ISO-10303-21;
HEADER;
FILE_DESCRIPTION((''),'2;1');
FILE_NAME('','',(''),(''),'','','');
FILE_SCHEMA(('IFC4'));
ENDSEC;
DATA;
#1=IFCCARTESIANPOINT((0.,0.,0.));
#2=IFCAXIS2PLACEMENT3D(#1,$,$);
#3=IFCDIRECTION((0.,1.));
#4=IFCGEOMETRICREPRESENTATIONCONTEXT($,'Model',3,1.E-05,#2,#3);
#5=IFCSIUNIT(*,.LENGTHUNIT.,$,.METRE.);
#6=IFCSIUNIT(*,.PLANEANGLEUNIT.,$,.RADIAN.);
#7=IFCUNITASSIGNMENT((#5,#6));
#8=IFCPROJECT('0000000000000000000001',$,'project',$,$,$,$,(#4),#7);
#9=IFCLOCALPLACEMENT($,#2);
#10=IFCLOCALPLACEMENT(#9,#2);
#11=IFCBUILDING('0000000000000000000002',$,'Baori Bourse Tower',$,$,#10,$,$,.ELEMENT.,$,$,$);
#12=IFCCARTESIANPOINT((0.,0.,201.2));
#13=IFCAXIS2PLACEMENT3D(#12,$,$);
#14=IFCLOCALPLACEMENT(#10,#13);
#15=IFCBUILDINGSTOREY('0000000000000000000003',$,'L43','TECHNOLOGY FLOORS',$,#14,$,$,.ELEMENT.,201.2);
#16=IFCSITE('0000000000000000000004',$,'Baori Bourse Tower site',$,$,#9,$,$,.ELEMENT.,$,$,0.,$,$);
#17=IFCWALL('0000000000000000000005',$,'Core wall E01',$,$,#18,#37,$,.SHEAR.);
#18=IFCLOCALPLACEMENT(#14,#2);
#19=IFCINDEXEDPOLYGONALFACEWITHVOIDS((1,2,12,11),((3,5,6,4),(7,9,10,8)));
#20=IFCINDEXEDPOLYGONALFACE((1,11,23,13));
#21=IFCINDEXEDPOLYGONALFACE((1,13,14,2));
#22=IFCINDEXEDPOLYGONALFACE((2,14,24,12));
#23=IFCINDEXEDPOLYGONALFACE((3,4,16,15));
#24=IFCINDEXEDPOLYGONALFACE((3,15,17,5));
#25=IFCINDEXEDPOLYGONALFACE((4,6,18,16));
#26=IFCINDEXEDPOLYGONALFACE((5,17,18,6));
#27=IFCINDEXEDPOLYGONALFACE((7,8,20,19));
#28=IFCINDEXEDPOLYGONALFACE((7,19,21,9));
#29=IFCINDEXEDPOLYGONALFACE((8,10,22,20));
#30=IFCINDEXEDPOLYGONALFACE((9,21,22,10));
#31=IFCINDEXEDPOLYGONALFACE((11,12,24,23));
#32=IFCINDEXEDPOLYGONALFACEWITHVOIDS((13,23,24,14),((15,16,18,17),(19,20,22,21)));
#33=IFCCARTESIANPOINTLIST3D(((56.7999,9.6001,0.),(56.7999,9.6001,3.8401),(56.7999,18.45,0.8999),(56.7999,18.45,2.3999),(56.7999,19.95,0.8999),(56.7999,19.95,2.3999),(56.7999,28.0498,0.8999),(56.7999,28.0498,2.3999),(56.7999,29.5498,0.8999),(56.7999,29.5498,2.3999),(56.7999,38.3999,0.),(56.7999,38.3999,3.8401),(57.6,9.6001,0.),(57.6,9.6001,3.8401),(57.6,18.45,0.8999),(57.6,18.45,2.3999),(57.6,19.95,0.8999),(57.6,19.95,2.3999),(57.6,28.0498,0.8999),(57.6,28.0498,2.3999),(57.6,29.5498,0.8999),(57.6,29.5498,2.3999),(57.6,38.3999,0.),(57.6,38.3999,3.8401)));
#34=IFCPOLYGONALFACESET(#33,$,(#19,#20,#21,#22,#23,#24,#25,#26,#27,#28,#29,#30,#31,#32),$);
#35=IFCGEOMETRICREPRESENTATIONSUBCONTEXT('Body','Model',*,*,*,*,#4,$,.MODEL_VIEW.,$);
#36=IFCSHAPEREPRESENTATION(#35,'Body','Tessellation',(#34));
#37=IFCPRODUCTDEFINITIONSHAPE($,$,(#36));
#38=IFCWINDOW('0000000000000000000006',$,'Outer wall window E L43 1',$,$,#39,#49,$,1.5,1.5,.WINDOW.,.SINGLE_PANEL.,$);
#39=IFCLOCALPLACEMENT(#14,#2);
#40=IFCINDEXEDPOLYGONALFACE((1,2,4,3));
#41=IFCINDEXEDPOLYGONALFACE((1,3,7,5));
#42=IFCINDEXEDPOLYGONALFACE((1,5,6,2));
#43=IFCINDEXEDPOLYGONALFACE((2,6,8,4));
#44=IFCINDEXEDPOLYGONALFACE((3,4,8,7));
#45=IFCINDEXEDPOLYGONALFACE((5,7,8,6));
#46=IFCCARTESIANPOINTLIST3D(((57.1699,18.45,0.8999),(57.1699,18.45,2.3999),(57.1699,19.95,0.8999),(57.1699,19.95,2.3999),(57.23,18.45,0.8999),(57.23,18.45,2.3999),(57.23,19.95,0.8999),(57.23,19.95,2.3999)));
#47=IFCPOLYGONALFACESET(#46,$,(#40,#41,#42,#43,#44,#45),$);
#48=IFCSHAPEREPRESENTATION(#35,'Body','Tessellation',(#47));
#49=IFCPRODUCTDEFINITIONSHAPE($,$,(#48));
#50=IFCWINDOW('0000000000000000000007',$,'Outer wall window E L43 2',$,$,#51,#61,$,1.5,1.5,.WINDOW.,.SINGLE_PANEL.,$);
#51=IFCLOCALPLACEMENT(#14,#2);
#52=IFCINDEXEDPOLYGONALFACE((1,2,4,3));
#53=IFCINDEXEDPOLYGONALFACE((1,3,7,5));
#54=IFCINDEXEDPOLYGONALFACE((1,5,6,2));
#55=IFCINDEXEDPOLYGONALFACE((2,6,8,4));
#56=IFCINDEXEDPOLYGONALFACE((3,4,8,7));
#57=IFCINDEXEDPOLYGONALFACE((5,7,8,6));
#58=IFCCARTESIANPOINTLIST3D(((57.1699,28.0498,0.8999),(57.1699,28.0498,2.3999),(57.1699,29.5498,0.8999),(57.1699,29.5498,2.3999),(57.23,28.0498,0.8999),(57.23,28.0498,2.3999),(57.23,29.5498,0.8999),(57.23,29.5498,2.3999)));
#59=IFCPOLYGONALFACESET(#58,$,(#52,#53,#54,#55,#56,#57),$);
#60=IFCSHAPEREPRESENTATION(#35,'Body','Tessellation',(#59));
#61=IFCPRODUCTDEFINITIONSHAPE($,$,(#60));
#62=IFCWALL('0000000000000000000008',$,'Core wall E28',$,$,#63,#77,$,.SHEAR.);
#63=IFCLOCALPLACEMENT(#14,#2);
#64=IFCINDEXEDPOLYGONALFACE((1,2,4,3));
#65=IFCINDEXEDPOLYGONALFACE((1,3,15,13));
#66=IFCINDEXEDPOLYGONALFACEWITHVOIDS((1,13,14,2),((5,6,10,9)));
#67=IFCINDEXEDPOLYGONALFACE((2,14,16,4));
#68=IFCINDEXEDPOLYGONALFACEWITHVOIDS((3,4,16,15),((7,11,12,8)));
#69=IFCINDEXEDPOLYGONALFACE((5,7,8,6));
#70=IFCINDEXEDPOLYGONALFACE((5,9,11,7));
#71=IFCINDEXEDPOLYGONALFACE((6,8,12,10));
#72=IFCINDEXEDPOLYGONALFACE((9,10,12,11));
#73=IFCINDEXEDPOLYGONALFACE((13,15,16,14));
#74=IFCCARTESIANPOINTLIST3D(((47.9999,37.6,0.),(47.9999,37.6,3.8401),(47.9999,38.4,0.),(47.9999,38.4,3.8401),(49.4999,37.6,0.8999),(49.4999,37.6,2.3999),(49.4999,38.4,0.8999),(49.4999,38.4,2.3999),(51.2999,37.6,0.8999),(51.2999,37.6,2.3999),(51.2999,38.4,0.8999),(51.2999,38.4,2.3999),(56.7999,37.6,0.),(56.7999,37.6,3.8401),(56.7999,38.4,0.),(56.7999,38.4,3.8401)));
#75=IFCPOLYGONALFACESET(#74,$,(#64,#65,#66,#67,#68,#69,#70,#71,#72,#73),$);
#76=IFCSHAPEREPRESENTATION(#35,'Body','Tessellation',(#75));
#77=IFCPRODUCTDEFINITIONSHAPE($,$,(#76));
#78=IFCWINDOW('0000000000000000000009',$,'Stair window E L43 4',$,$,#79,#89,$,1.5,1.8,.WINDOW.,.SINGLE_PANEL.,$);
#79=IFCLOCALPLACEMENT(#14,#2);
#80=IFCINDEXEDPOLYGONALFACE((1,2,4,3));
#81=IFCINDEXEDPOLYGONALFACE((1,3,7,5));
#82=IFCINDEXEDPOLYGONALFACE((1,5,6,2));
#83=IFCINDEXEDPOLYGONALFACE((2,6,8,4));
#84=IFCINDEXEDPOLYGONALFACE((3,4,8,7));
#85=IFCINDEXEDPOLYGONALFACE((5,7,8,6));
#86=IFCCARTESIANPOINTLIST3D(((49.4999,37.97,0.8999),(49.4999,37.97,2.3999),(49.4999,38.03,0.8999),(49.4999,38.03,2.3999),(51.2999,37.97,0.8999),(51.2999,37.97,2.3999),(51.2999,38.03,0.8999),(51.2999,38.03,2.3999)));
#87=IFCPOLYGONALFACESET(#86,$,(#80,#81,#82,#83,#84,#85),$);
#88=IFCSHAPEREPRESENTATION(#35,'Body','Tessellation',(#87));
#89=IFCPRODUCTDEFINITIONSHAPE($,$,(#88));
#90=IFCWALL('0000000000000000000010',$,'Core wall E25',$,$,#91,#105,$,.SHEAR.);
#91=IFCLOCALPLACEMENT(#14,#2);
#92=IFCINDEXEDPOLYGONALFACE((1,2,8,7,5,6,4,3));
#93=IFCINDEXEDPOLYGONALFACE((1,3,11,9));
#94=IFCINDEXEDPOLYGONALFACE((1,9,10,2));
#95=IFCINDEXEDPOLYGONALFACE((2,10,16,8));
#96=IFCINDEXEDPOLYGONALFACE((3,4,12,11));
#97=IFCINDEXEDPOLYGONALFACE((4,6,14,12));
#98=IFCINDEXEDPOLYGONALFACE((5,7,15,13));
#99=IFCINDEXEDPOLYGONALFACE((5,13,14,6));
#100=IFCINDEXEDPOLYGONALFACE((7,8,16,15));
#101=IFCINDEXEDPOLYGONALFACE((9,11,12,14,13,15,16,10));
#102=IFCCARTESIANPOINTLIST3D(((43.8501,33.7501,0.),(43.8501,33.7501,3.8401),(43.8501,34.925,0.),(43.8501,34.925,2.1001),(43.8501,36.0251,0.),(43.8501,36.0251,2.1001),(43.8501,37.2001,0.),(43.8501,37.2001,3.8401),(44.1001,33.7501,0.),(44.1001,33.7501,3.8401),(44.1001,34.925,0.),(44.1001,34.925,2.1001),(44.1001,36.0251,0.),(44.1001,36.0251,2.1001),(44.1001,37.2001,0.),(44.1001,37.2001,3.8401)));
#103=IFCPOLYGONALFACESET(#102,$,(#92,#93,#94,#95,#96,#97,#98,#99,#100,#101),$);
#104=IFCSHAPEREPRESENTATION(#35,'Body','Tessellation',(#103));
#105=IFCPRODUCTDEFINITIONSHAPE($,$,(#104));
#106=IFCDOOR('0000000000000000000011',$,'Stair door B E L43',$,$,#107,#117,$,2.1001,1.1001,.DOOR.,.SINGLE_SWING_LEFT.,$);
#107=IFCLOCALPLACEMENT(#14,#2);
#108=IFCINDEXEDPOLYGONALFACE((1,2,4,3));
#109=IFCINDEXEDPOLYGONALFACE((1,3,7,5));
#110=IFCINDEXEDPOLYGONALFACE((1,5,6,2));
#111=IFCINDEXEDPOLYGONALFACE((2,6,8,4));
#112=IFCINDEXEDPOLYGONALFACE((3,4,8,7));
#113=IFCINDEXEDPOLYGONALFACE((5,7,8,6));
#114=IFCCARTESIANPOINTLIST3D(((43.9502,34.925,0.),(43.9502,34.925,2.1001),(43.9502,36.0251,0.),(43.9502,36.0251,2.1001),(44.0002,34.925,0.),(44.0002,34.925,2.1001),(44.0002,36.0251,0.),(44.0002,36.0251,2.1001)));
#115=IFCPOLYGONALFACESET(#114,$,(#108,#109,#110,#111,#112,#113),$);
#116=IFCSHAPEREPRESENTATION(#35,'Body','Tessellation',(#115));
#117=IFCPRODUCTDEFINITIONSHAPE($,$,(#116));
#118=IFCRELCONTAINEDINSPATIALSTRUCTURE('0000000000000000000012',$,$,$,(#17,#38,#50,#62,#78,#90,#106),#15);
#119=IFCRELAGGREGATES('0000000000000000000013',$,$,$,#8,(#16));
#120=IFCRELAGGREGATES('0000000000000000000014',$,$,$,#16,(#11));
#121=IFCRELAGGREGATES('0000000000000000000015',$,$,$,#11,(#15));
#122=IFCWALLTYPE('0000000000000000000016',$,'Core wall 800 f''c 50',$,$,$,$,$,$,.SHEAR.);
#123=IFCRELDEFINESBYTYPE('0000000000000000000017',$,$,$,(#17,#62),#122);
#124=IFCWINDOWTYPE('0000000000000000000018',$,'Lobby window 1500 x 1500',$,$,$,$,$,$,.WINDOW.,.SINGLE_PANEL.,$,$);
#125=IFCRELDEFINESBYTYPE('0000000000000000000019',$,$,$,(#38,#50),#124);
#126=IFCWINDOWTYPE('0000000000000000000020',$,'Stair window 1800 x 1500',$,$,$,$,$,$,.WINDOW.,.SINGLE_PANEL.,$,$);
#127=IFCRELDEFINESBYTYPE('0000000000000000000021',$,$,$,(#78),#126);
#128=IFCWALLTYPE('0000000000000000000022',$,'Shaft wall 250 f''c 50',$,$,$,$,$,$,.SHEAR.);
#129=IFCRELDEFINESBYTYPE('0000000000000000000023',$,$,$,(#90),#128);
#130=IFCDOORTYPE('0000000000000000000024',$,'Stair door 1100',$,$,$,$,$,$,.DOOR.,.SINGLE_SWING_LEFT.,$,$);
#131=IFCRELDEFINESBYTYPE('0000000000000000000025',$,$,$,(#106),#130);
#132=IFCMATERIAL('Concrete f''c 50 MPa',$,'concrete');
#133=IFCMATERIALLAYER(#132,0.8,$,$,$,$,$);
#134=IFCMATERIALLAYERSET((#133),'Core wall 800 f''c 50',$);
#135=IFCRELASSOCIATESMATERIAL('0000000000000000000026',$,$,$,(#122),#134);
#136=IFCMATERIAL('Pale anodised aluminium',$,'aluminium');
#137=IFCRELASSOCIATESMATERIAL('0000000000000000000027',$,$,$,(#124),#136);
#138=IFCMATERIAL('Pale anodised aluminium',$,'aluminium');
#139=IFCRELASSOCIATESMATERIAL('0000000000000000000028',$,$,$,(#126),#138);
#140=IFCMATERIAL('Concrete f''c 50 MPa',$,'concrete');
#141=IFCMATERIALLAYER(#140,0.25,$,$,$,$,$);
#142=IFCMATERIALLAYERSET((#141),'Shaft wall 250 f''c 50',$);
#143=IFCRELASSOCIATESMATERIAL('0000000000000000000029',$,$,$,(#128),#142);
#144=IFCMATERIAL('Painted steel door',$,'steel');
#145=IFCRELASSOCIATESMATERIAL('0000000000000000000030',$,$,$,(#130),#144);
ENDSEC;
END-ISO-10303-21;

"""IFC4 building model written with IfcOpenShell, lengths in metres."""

from ifc_helpers import new_model, si_unit, direction, frame, frame_2d, origin, place, context, subcontext, project, spatial, rectangle, extrude, material, layer, layer_set, type_object, element, fill, save


model = new_model("IFC4")

# Units and contexts
model_context = context("Model", 3, precision=1e-05, world=origin(), true_north=direction((0.0, 1.0)))
body_context = subcontext(model_context, "Body", "Model", "MODEL_VIEW")
ifc_project = project(units=[si_unit("LENGTHUNIT", "METRE"), si_unit("PLANEANGLEUNIT", "RADIAN")], contexts=[model_context])

# Site, building, storey
site_placement = place(None, origin())
site = spatial("IfcSite", under=ifc_project, at=site_placement, Name="Baori Bourse Tower site", CompositionType="ELEMENT", RefElevation=0.0)
building_placement = place(site_placement, origin())
building = spatial("IfcBuilding", under=site, at=building_placement, Name="Baori Bourse Tower", CompositionType="ELEMENT")
storey_placement = place(building_placement, frame((0.0, 0.0, 201.2)))
storey = spatial("IfcBuildingStorey", under=building, at=storey_placement, Name="L43", Description="TECHNOLOGY FLOORS", CompositionType="ELEMENT", Elevation=201.2)

# Wall, openings, windows
ifc_material_1 = material(Name="Concrete f'c 50 MPa", Category="concrete")
ifc_layer_1 = layer(ifc_material_1, 0.8)
ifc_layer_set_1 = layer_set([ifc_layer_1], Name="Core wall 800 f'c 50")
wall_type_1 = type_object("IfcWallType", Name="Core wall 800 f'c 50", PredefinedType="SHEAR", material=ifc_layer_set_1)
wall_1_placement = place(storey_placement, frame((57.2, 38.3999, 0.0), z_axis=(0.0, 0.0, 1.0), x_axis=(0.0, -1.0, 0.0)))
wall_1 = element("IfcWall", 1, at=wall_1_placement, inside=storey, type_object=wall_type_1, Name="Core wall E01", PredefinedType="SHEAR", context=body_context, shape_type="SweptSolid", body=[
    extrude(rectangle(XDim=28.7998, YDim=0.8, at=frame_2d((14.3999, 0.0))), origin(), (0.0, 0.0, 1.0), 3.8401),
])
opening_1_placement = place(wall_1_placement, frame((18.45, 0.0, 0.8999)))
opening_1 = element("IfcOpeningElement", 2, at=opening_1_placement, cuts=wall_1, PredefinedType="OPENING", context=body_context, shape_type="SweptSolid", body=[
    extrude(rectangle(XDim=1.5, YDim=1.5, at=frame_2d((0.75, 0.75))), frame((0.0, 0.4099, 0.0), z_axis=(0.0, -1.0, 0.0), x_axis=(1.0, 0.0, 0.0)), (0.0, 0.0, 1.0), 0.8201),
])
opening_2_placement = place(wall_1_placement, frame((8.8501, 0.0, 0.8999)))
opening_2 = element("IfcOpeningElement", 3, at=opening_2_placement, cuts=wall_1, PredefinedType="OPENING", context=body_context, shape_type="SweptSolid", body=[
    extrude(rectangle(XDim=1.5, YDim=1.5, at=frame_2d((0.75, 0.75))), frame((0.0, 0.4099, 0.0), z_axis=(0.0, -1.0, 0.0), x_axis=(1.0, 0.0, 0.0)), (0.0, 0.0, 1.0), 0.8201),
])
ifc_material_2 = material(Name="Pale anodised aluminium", Category="aluminium")
window_type_1 = type_object("IfcWindowType", Name="Lobby window 1500 x 1500", PartitioningType="SINGLE_PANEL", PredefinedType="WINDOW", material=ifc_material_2)
window_1_placement = place(opening_1_placement, origin())
window_1 = element("IfcWindow", 4, at=window_1_placement, inside=storey, type_object=window_type_1, Name="Outer wall window E L43 1", OverallHeight=1.5, OverallWidth=1.5, PartitioningType="SINGLE_PANEL", PredefinedType="WINDOW", context=body_context, shape_type="SweptSolid", body=[
    extrude(rectangle(XDim=1.5, YDim=1.5, at=frame_2d((0.75, 0.75))), frame((0.0, 0.03, 0.0), z_axis=(0.0, -1.0, 0.0), x_axis=(1.0, 0.0, 0.0)), (0.0, 0.0, 1.0), 0.0601),
])
fill(opening_1, window_1)
window_2_placement = place(opening_2_placement, origin())
window_2 = element("IfcWindow", 5, at=window_2_placement, inside=storey, type_object=window_type_1, Name="Outer wall window E L43 2", OverallHeight=1.5, OverallWidth=1.5, PartitioningType="SINGLE_PANEL", PredefinedType="WINDOW", context=body_context, shape_type="SweptSolid", body=[
    extrude(rectangle(XDim=1.5, YDim=1.5, at=frame_2d((0.75, 0.75))), frame((0.0, 0.03, 0.0), z_axis=(0.0, -1.0, 0.0), x_axis=(1.0, 0.0, 0.0)), (0.0, 0.0, 1.0), 0.0601),
])
fill(opening_2, window_2)

# Wall, opening, window
wall_2_placement = place(storey_placement, frame((48.0, 38.0, 0.0), z_axis=(0.0, 0.0, 1.0), x_axis=(1.0, 0.0, 0.0)))
wall_2 = element("IfcWall", 6, at=wall_2_placement, inside=storey, type_object=wall_type_1, Name="Core wall E28", PredefinedType="SHEAR", context=body_context, shape_type="SweptSolid", body=[
    extrude(rectangle(XDim=8.8, YDim=0.8, at=frame_2d((4.3999, 0.0))), origin(), (0.0, 0.0, 1.0), 3.8401),
])
opening_3_placement = place(wall_2_placement, frame((1.5, 0.0, 0.8999)))
opening_3 = element("IfcOpeningElement", 7, at=opening_3_placement, cuts=wall_2, PredefinedType="OPENING", context=body_context, shape_type="SweptSolid", body=[
    extrude(rectangle(XDim=1.8, YDim=1.5, at=frame_2d((0.8999, 0.75))), frame((0.0, 0.4099, 0.0), z_axis=(0.0, -1.0, 0.0), x_axis=(1.0, 0.0, 0.0)), (0.0, 0.0, 1.0), 0.8201),
])
ifc_material_3 = material(Name="Pale anodised aluminium", Category="aluminium")
window_type_2 = type_object("IfcWindowType", Name="Stair window 1800 x 1500", PartitioningType="SINGLE_PANEL", PredefinedType="WINDOW", material=ifc_material_3)
window_3_placement = place(opening_3_placement, origin())
window_3 = element("IfcWindow", 8, at=window_3_placement, inside=storey, type_object=window_type_2, Name="Stair window E L43 4", OverallHeight=1.5, OverallWidth=1.8, PartitioningType="SINGLE_PANEL", PredefinedType="WINDOW", context=body_context, shape_type="SweptSolid", body=[
    extrude(rectangle(XDim=1.8, YDim=1.5, at=frame_2d((0.8999, 0.75))), frame((0.0, 0.03, 0.0), z_axis=(0.0, -1.0, 0.0), x_axis=(1.0, 0.0, 0.0)), (0.0, 0.0, 1.0), 0.0601),
])
fill(opening_3, window_3)

# Wall, opening, door
ifc_material_4 = material(Name="Concrete f'c 50 MPa", Category="concrete")
ifc_layer_2 = layer(ifc_material_4, 0.25)
ifc_layer_set_2 = layer_set([ifc_layer_2], Name="Shaft wall 250 f'c 50")
wall_type_2 = type_object("IfcWallType", Name="Shaft wall 250 f'c 50", PredefinedType="SHEAR", material=ifc_layer_set_2)
wall_3_placement = place(storey_placement, frame((43.9751, 33.75, 0.0), z_axis=(0.0, 0.0, 1.0), x_axis=(0.0, 1.0, 0.0)))
wall_3 = element("IfcWall", 9, at=wall_3_placement, inside=storey, type_object=wall_type_2, Name="Core wall E25", PredefinedType="SHEAR", context=body_context, shape_type="SweptSolid", body=[
    extrude(rectangle(XDim=3.45, YDim=0.25, at=frame_2d((1.7251, 0.0))), origin(), (0.0, 0.0, 1.0), 3.8401),
])
opening_4_placement = place(wall_3_placement, frame((1.175, 0.0, 0.0)))
opening_4 = element("IfcOpeningElement", 10, at=opening_4_placement, cuts=wall_3, PredefinedType="OPENING", context=body_context, shape_type="SweptSolid", body=[
    extrude(rectangle(XDim=1.1001, YDim=2.1001, at=frame_2d((0.55, 1.05))), frame((0.0, 0.135, 0.0), z_axis=(0.0, -1.0, 0.0), x_axis=(1.0, 0.0, 0.0)), (0.0, 0.0, 1.0), 0.27),
])
ifc_material_5 = material(Name="Painted steel door", Category="steel")
door_type_1 = type_object("IfcDoorType", Name="Stair door 1100", OperationType="SINGLE_SWING_LEFT", PredefinedType="DOOR", material=ifc_material_5)
door_1_placement = place(opening_4_placement, origin())
door_1 = element("IfcDoor", 11, at=door_1_placement, inside=storey, type_object=door_type_1, Name="Stair door B E L43", OperationType="SINGLE_SWING_LEFT", OverallHeight=2.1001, OverallWidth=1.1001, PredefinedType="DOOR", context=body_context, shape_type="SweptSolid", body=[
    extrude(rectangle(XDim=1.1001, YDim=2.1001, at=frame_2d((0.55, 1.05))), frame((0.0, 0.0249, 0.0), z_axis=(0.0, -1.0, 0.0), x_axis=(1.0, 0.0, 0.0)), (0.0, 0.0, 1.0), 0.05),
])
fill(opening_4, door_1)

save(model, "model.ifc")
